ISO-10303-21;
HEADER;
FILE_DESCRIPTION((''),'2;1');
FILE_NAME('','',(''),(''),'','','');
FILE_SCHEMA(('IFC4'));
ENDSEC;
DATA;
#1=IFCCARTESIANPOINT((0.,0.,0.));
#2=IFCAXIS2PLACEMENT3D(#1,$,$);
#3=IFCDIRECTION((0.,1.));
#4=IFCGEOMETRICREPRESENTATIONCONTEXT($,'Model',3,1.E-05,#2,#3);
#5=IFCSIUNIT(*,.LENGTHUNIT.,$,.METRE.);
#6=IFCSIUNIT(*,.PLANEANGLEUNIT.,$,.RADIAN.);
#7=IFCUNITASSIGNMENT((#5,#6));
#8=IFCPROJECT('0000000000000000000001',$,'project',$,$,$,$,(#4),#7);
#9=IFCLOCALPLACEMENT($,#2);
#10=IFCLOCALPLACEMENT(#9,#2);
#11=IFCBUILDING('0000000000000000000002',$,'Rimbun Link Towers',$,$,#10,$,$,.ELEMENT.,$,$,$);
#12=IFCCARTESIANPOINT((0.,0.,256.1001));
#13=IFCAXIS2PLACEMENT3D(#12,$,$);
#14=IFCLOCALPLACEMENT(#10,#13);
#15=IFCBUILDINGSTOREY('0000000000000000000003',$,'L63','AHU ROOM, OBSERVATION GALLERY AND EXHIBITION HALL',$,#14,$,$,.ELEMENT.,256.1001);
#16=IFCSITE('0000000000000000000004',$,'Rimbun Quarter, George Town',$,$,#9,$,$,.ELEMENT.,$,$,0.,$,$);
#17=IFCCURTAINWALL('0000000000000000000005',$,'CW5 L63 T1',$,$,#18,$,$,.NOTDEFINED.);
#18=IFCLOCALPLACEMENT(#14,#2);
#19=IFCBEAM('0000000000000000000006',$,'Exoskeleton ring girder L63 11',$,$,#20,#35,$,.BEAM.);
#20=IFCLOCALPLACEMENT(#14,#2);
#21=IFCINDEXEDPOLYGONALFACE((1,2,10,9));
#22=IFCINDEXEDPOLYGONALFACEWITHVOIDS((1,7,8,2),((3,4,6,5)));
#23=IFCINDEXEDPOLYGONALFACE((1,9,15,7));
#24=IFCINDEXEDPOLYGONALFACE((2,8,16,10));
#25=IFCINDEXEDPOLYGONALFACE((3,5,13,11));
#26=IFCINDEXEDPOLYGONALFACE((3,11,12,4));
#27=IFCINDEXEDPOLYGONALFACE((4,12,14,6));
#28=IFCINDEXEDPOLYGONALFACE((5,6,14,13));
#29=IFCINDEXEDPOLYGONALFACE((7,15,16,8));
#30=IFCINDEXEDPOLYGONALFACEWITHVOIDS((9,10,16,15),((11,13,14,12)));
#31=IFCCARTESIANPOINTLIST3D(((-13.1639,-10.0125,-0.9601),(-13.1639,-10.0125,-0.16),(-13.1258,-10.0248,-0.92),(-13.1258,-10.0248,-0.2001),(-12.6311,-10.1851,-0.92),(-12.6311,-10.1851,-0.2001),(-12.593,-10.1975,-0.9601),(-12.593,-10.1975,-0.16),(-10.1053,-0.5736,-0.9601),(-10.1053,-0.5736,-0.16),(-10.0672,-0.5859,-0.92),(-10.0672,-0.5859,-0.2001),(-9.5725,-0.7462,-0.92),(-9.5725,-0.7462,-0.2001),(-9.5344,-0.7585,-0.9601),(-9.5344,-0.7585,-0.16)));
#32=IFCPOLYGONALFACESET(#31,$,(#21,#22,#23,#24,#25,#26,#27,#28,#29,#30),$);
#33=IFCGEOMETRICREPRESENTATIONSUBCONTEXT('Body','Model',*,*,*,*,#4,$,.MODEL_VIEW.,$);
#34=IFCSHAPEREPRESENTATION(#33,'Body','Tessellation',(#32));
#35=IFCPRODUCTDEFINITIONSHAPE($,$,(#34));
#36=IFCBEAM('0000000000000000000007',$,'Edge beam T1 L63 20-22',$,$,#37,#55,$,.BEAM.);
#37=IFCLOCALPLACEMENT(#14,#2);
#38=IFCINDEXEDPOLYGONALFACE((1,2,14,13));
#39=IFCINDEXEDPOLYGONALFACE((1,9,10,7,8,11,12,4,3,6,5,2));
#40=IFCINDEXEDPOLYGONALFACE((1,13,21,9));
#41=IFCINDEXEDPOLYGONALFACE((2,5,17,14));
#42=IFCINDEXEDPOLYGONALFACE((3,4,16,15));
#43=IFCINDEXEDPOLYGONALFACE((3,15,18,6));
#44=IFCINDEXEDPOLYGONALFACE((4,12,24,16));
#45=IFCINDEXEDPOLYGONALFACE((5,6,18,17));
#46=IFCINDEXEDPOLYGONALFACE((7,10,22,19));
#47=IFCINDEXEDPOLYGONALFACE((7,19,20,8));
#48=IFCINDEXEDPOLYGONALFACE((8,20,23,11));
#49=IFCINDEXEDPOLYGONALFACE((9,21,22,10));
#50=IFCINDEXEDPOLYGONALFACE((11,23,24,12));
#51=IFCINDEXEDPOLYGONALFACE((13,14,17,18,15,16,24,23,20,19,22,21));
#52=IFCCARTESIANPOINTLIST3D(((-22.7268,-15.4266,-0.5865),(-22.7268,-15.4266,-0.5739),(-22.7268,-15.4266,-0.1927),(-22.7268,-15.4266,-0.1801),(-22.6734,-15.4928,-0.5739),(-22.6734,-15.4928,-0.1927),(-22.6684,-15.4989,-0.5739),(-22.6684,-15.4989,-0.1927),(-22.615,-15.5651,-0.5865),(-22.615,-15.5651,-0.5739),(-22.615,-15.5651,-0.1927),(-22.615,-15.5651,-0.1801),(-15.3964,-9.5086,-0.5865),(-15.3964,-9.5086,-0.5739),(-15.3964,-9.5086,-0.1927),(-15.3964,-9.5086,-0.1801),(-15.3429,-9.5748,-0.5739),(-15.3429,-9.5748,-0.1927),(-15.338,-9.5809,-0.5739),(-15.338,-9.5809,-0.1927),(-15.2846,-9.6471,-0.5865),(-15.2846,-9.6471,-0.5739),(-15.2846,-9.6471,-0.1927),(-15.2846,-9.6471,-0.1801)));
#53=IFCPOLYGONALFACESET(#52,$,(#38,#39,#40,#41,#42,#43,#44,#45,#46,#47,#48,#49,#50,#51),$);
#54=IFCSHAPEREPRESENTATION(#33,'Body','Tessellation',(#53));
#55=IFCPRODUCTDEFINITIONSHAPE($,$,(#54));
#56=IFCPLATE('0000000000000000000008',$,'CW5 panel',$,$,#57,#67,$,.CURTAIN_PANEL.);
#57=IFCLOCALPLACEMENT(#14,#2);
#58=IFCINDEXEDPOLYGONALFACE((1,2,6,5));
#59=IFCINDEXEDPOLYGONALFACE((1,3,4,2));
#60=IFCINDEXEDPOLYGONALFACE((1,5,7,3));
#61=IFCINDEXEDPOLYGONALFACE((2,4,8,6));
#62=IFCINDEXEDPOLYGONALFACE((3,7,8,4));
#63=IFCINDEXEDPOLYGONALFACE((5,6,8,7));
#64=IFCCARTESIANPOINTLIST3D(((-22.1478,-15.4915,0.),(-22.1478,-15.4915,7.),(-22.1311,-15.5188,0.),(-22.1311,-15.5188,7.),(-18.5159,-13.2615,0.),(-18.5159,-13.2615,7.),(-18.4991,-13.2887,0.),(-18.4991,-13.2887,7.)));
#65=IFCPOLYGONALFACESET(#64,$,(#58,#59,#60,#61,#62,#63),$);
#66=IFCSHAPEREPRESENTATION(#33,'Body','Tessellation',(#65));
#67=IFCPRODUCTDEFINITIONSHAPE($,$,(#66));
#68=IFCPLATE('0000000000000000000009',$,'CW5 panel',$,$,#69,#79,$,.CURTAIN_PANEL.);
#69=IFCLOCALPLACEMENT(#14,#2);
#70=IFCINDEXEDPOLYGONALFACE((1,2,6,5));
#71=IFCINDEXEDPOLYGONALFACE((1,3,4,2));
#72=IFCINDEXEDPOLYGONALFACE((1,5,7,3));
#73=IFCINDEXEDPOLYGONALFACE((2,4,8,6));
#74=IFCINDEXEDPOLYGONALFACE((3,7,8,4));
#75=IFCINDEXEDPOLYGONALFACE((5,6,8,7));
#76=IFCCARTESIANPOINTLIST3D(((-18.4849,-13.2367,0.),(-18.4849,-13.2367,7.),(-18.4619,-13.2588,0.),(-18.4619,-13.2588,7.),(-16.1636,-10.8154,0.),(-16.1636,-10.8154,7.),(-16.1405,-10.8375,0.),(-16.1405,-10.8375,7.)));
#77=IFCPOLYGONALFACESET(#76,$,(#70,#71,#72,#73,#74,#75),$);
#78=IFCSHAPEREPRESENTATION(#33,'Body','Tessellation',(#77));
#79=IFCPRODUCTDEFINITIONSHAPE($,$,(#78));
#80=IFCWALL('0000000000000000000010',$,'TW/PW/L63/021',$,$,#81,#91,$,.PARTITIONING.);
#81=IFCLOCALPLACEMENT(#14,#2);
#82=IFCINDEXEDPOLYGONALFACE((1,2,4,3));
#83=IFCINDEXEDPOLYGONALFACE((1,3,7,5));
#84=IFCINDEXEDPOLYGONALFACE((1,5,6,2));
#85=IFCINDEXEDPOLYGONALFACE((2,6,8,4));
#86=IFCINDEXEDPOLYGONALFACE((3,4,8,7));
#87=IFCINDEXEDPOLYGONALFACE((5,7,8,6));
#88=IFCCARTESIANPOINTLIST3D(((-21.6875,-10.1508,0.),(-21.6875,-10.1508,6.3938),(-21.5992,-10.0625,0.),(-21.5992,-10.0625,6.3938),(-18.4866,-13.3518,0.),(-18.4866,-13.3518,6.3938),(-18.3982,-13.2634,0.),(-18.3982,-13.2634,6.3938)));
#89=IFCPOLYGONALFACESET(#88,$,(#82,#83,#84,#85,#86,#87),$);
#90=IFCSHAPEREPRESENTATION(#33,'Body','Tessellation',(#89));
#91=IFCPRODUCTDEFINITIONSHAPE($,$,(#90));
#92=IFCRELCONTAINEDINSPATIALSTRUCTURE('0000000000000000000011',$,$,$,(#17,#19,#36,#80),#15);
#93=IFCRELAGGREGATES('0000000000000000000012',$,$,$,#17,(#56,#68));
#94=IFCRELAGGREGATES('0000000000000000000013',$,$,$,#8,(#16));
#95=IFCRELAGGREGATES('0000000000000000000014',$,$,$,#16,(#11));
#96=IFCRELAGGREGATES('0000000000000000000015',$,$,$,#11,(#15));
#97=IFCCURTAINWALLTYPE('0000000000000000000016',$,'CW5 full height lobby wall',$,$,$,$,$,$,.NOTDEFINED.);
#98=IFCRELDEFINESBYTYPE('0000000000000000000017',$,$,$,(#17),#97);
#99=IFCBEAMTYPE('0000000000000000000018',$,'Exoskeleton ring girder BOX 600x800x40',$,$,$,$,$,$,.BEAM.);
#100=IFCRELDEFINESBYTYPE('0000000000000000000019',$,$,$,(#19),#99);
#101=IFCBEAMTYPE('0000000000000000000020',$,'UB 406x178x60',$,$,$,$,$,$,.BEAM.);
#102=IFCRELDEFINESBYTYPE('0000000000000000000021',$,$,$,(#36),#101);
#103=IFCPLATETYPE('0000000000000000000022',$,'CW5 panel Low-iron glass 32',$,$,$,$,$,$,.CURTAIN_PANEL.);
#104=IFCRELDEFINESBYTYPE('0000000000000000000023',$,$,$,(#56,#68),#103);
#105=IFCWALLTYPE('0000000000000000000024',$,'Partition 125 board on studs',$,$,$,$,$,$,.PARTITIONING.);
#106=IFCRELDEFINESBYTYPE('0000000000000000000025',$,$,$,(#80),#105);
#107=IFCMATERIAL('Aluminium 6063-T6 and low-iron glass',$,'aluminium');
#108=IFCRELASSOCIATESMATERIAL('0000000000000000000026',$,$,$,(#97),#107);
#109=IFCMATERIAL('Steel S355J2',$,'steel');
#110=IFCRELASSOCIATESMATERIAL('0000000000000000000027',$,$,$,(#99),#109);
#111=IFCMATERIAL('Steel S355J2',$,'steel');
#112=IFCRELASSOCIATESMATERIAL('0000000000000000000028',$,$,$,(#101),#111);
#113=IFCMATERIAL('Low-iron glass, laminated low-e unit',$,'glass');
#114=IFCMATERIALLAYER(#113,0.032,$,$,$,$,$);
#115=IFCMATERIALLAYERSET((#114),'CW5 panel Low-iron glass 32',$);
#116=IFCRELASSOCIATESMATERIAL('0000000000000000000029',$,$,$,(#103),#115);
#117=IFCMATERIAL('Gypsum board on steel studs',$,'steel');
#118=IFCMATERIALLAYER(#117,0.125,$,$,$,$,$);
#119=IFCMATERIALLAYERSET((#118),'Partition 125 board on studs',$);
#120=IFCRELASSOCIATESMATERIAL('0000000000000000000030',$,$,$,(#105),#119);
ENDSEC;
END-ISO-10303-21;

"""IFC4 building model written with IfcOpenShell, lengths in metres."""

from ifc_helpers import new_model, si_unit, direction, frame, frame_2d, origin, origin_2d, place, context, subcontext, project, spatial, rectangle, hollow_rectangle, i_section, extrude, material, layer, layer_set, material_profile, profile_set, type_object, element, aggregate, save


model = new_model("IFC4")

# Units and contexts
model_context = context("Model", 3, precision=1e-05, world=origin(), true_north=direction((0.0, 1.0)))
body_context = subcontext(model_context, "Body", "Model", "MODEL_VIEW")
ifc_project = project(units=[si_unit("LENGTHUNIT", "METRE"), si_unit("PLANEANGLEUNIT", "RADIAN")], contexts=[model_context])

# Site, building, storey
site_placement = place(None, origin())
site = spatial("IfcSite", under=ifc_project, at=site_placement, Name="Rimbun Quarter, George Town", CompositionType="ELEMENT", RefElevation=0.0)
building_placement = place(site_placement, origin())
building = spatial("IfcBuilding", under=site, at=building_placement, Name="Rimbun Link Towers", CompositionType="ELEMENT")
storey_placement = place(building_placement, frame((0.0, 0.0, 256.1001)))
storey = spatial("IfcBuildingStorey", under=building, at=storey_placement, Name="L63", Description="AHU ROOM, OBSERVATION GALLERY AND EXHIBITION HALL", CompositionType="ELEMENT", Elevation=256.1001)

# Curtain wall
ifc_material_1 = material(Name="Aluminium 6063-T6 and low-iron glass", Category="aluminium")
curtain_wall_type = type_object("IfcCurtainWallType", Name="CW5 full height lobby wall", PredefinedType="NOTDEFINED", material=ifc_material_1)
curtain_wall_placement = place(storey_placement, origin())
curtain_wall = element("IfcCurtainWall", 1, at=curtain_wall_placement, inside=storey, type_object=curtain_wall_type, Name="CW5 L63 T1", PredefinedType="NOTDEFINED")

# Beams
ifc_material_2 = material(Name="Steel S355J2", Category="steel")
ifc_material_profile_1 = material_profile(ifc_material_2, hollow_rectangle(XDim=0.6001, YDim=0.8, WallThickness=0.04, at=origin_2d()), Name="Exoskeleton ring girder BOX 600x800x40")
ifc_profile_set_1 = profile_set([ifc_material_profile_1], Name="Steel S355J2")
beam_type_1 = type_object("IfcBeamType", Name="Exoskeleton ring girder BOX 600x800x40", PredefinedType="BEAM", material=ifc_profile_set_1)
beam_1_placement = place(storey_placement, frame((-12.8784, -10.105, -0.5601), z_axis=(0.308259, 0.951302, 0.0), x_axis=(-0.951302, 0.308259, 0.0)))
element("IfcBeam", 2, at=beam_1_placement, inside=storey, type_object=beam_type_1, Name="Exoskeleton ring girder L63 11", PredefinedType="BEAM", context=body_context, shape_type="SweptSolid", body=[
    extrude(hollow_rectangle(XDim=0.6001, YDim=0.8, WallThickness=0.04, at=origin_2d()), origin(), (0.0, 0.0, 1.0), 9.9221),
])
ifc_material_3 = material(Name="Steel S355J2", Category="steel")
ifc_material_profile_2 = material_profile(ifc_material_3, i_section(OverallWidth=0.178, OverallDepth=0.4065, WebThickness=0.0078, FlangeThickness=0.0127, at=origin_2d()), Name="UB 406x178x60")
ifc_profile_set_2 = profile_set([ifc_material_profile_2], Name="Steel S355J2")
beam_type_2 = type_object("IfcBeamType", Name="UB 406x178x60", PredefinedType="BEAM", material=ifc_profile_set_2)
beam_2_placement = place(storey_placement, frame((-22.6709, -15.4958, -0.3833), z_axis=(0.77808, 0.628165, 0.0), x_axis=(-0.628165, 0.77808, 0.0)))
element("IfcBeam", 3, at=beam_2_placement, inside=storey, type_object=beam_type_2, Name="Edge beam T1 L63 20-22", PredefinedType="BEAM", context=body_context, shape_type="SweptSolid", body=[
    extrude(i_section(OverallWidth=0.178, OverallDepth=0.4065, WebThickness=0.0078, FlangeThickness=0.0127, at=origin_2d()), origin(), (0.0, 0.0, 1.0), 9.4211),
])

# Plates
ifc_material_4 = material(Name="Low-iron glass, laminated low-e unit", Category="glass")
ifc_layer_1 = layer(ifc_material_4, 0.032)
ifc_layer_set_1 = layer_set([ifc_layer_1], Name="CW5 panel Low-iron glass 32")
plate_type = type_object("IfcPlateType", Name="CW5 panel Low-iron glass 32", PredefinedType="CURTAIN_PANEL", material=ifc_layer_set_1)
plate_1_placement = place(storey_placement, frame((-20.3235, -14.3901, 0.0), z_axis=(0.0, 0.0, 1.0), x_axis=(-0.852182, -0.523246, 0.0)))
plate_1 = element("IfcPlate", 4, at=plate_1_placement, type_object=plate_type, Name="CW5 panel", PredefinedType="CURTAIN_PANEL", context=body_context, shape_type="SweptSolid", body=[
    extrude(rectangle(XDim=4.262, YDim=0.032, at=origin_2d()), origin(), (0.0, 0.0, 1.0), 7.0),
])
plate_2_placement = place(storey_placement, frame((-17.3127, -12.0371, 0.0), z_axis=(0.0, 0.0, 1.0), x_axis=(-0.692053, -0.721847, 0.0)))
plate_2 = element("IfcPlate", 5, at=plate_2_placement, type_object=plate_type, Name="CW5 panel", PredefinedType="CURTAIN_PANEL", context=body_context, shape_type="SweptSolid", body=[
    extrude(rectangle(XDim=3.3542, YDim=0.032, at=origin_2d()), origin(), (0.0, 0.0, 1.0), 7.0),
])
aggregate(curtain_wall, [plate_1, plate_2])

# Wall
ifc_material_5 = material(Name="Gypsum board on steel studs", Category="steel")
ifc_layer_2 = layer(ifc_material_5, 0.125)
ifc_layer_set_2 = layer_set([ifc_layer_2], Name="Partition 125 board on studs")
wall_type = type_object("IfcWallType", Name="Partition 125 board on studs", PredefinedType="PARTITIONING", material=ifc_layer_set_2)
wall_placement = place(storey_placement, frame((-18.4424, -13.3076, 0.0), z_axis=(0.0, 0.0, 1.0), x_axis=(-0.707107, 0.707107, 0.0)))
element("IfcWall", 6, at=wall_placement, inside=storey, type_object=wall_type, Name="TW/PW/L63/021", PredefinedType="PARTITIONING", context=body_context, shape_type="SweptSolid", body=[
    extrude(rectangle(XDim=4.5269, YDim=0.125, at=frame_2d((2.2634, 0.0))), origin(), (0.0, 0.0, 1.0), 6.3938),
])

save(model, "model.ifc")
